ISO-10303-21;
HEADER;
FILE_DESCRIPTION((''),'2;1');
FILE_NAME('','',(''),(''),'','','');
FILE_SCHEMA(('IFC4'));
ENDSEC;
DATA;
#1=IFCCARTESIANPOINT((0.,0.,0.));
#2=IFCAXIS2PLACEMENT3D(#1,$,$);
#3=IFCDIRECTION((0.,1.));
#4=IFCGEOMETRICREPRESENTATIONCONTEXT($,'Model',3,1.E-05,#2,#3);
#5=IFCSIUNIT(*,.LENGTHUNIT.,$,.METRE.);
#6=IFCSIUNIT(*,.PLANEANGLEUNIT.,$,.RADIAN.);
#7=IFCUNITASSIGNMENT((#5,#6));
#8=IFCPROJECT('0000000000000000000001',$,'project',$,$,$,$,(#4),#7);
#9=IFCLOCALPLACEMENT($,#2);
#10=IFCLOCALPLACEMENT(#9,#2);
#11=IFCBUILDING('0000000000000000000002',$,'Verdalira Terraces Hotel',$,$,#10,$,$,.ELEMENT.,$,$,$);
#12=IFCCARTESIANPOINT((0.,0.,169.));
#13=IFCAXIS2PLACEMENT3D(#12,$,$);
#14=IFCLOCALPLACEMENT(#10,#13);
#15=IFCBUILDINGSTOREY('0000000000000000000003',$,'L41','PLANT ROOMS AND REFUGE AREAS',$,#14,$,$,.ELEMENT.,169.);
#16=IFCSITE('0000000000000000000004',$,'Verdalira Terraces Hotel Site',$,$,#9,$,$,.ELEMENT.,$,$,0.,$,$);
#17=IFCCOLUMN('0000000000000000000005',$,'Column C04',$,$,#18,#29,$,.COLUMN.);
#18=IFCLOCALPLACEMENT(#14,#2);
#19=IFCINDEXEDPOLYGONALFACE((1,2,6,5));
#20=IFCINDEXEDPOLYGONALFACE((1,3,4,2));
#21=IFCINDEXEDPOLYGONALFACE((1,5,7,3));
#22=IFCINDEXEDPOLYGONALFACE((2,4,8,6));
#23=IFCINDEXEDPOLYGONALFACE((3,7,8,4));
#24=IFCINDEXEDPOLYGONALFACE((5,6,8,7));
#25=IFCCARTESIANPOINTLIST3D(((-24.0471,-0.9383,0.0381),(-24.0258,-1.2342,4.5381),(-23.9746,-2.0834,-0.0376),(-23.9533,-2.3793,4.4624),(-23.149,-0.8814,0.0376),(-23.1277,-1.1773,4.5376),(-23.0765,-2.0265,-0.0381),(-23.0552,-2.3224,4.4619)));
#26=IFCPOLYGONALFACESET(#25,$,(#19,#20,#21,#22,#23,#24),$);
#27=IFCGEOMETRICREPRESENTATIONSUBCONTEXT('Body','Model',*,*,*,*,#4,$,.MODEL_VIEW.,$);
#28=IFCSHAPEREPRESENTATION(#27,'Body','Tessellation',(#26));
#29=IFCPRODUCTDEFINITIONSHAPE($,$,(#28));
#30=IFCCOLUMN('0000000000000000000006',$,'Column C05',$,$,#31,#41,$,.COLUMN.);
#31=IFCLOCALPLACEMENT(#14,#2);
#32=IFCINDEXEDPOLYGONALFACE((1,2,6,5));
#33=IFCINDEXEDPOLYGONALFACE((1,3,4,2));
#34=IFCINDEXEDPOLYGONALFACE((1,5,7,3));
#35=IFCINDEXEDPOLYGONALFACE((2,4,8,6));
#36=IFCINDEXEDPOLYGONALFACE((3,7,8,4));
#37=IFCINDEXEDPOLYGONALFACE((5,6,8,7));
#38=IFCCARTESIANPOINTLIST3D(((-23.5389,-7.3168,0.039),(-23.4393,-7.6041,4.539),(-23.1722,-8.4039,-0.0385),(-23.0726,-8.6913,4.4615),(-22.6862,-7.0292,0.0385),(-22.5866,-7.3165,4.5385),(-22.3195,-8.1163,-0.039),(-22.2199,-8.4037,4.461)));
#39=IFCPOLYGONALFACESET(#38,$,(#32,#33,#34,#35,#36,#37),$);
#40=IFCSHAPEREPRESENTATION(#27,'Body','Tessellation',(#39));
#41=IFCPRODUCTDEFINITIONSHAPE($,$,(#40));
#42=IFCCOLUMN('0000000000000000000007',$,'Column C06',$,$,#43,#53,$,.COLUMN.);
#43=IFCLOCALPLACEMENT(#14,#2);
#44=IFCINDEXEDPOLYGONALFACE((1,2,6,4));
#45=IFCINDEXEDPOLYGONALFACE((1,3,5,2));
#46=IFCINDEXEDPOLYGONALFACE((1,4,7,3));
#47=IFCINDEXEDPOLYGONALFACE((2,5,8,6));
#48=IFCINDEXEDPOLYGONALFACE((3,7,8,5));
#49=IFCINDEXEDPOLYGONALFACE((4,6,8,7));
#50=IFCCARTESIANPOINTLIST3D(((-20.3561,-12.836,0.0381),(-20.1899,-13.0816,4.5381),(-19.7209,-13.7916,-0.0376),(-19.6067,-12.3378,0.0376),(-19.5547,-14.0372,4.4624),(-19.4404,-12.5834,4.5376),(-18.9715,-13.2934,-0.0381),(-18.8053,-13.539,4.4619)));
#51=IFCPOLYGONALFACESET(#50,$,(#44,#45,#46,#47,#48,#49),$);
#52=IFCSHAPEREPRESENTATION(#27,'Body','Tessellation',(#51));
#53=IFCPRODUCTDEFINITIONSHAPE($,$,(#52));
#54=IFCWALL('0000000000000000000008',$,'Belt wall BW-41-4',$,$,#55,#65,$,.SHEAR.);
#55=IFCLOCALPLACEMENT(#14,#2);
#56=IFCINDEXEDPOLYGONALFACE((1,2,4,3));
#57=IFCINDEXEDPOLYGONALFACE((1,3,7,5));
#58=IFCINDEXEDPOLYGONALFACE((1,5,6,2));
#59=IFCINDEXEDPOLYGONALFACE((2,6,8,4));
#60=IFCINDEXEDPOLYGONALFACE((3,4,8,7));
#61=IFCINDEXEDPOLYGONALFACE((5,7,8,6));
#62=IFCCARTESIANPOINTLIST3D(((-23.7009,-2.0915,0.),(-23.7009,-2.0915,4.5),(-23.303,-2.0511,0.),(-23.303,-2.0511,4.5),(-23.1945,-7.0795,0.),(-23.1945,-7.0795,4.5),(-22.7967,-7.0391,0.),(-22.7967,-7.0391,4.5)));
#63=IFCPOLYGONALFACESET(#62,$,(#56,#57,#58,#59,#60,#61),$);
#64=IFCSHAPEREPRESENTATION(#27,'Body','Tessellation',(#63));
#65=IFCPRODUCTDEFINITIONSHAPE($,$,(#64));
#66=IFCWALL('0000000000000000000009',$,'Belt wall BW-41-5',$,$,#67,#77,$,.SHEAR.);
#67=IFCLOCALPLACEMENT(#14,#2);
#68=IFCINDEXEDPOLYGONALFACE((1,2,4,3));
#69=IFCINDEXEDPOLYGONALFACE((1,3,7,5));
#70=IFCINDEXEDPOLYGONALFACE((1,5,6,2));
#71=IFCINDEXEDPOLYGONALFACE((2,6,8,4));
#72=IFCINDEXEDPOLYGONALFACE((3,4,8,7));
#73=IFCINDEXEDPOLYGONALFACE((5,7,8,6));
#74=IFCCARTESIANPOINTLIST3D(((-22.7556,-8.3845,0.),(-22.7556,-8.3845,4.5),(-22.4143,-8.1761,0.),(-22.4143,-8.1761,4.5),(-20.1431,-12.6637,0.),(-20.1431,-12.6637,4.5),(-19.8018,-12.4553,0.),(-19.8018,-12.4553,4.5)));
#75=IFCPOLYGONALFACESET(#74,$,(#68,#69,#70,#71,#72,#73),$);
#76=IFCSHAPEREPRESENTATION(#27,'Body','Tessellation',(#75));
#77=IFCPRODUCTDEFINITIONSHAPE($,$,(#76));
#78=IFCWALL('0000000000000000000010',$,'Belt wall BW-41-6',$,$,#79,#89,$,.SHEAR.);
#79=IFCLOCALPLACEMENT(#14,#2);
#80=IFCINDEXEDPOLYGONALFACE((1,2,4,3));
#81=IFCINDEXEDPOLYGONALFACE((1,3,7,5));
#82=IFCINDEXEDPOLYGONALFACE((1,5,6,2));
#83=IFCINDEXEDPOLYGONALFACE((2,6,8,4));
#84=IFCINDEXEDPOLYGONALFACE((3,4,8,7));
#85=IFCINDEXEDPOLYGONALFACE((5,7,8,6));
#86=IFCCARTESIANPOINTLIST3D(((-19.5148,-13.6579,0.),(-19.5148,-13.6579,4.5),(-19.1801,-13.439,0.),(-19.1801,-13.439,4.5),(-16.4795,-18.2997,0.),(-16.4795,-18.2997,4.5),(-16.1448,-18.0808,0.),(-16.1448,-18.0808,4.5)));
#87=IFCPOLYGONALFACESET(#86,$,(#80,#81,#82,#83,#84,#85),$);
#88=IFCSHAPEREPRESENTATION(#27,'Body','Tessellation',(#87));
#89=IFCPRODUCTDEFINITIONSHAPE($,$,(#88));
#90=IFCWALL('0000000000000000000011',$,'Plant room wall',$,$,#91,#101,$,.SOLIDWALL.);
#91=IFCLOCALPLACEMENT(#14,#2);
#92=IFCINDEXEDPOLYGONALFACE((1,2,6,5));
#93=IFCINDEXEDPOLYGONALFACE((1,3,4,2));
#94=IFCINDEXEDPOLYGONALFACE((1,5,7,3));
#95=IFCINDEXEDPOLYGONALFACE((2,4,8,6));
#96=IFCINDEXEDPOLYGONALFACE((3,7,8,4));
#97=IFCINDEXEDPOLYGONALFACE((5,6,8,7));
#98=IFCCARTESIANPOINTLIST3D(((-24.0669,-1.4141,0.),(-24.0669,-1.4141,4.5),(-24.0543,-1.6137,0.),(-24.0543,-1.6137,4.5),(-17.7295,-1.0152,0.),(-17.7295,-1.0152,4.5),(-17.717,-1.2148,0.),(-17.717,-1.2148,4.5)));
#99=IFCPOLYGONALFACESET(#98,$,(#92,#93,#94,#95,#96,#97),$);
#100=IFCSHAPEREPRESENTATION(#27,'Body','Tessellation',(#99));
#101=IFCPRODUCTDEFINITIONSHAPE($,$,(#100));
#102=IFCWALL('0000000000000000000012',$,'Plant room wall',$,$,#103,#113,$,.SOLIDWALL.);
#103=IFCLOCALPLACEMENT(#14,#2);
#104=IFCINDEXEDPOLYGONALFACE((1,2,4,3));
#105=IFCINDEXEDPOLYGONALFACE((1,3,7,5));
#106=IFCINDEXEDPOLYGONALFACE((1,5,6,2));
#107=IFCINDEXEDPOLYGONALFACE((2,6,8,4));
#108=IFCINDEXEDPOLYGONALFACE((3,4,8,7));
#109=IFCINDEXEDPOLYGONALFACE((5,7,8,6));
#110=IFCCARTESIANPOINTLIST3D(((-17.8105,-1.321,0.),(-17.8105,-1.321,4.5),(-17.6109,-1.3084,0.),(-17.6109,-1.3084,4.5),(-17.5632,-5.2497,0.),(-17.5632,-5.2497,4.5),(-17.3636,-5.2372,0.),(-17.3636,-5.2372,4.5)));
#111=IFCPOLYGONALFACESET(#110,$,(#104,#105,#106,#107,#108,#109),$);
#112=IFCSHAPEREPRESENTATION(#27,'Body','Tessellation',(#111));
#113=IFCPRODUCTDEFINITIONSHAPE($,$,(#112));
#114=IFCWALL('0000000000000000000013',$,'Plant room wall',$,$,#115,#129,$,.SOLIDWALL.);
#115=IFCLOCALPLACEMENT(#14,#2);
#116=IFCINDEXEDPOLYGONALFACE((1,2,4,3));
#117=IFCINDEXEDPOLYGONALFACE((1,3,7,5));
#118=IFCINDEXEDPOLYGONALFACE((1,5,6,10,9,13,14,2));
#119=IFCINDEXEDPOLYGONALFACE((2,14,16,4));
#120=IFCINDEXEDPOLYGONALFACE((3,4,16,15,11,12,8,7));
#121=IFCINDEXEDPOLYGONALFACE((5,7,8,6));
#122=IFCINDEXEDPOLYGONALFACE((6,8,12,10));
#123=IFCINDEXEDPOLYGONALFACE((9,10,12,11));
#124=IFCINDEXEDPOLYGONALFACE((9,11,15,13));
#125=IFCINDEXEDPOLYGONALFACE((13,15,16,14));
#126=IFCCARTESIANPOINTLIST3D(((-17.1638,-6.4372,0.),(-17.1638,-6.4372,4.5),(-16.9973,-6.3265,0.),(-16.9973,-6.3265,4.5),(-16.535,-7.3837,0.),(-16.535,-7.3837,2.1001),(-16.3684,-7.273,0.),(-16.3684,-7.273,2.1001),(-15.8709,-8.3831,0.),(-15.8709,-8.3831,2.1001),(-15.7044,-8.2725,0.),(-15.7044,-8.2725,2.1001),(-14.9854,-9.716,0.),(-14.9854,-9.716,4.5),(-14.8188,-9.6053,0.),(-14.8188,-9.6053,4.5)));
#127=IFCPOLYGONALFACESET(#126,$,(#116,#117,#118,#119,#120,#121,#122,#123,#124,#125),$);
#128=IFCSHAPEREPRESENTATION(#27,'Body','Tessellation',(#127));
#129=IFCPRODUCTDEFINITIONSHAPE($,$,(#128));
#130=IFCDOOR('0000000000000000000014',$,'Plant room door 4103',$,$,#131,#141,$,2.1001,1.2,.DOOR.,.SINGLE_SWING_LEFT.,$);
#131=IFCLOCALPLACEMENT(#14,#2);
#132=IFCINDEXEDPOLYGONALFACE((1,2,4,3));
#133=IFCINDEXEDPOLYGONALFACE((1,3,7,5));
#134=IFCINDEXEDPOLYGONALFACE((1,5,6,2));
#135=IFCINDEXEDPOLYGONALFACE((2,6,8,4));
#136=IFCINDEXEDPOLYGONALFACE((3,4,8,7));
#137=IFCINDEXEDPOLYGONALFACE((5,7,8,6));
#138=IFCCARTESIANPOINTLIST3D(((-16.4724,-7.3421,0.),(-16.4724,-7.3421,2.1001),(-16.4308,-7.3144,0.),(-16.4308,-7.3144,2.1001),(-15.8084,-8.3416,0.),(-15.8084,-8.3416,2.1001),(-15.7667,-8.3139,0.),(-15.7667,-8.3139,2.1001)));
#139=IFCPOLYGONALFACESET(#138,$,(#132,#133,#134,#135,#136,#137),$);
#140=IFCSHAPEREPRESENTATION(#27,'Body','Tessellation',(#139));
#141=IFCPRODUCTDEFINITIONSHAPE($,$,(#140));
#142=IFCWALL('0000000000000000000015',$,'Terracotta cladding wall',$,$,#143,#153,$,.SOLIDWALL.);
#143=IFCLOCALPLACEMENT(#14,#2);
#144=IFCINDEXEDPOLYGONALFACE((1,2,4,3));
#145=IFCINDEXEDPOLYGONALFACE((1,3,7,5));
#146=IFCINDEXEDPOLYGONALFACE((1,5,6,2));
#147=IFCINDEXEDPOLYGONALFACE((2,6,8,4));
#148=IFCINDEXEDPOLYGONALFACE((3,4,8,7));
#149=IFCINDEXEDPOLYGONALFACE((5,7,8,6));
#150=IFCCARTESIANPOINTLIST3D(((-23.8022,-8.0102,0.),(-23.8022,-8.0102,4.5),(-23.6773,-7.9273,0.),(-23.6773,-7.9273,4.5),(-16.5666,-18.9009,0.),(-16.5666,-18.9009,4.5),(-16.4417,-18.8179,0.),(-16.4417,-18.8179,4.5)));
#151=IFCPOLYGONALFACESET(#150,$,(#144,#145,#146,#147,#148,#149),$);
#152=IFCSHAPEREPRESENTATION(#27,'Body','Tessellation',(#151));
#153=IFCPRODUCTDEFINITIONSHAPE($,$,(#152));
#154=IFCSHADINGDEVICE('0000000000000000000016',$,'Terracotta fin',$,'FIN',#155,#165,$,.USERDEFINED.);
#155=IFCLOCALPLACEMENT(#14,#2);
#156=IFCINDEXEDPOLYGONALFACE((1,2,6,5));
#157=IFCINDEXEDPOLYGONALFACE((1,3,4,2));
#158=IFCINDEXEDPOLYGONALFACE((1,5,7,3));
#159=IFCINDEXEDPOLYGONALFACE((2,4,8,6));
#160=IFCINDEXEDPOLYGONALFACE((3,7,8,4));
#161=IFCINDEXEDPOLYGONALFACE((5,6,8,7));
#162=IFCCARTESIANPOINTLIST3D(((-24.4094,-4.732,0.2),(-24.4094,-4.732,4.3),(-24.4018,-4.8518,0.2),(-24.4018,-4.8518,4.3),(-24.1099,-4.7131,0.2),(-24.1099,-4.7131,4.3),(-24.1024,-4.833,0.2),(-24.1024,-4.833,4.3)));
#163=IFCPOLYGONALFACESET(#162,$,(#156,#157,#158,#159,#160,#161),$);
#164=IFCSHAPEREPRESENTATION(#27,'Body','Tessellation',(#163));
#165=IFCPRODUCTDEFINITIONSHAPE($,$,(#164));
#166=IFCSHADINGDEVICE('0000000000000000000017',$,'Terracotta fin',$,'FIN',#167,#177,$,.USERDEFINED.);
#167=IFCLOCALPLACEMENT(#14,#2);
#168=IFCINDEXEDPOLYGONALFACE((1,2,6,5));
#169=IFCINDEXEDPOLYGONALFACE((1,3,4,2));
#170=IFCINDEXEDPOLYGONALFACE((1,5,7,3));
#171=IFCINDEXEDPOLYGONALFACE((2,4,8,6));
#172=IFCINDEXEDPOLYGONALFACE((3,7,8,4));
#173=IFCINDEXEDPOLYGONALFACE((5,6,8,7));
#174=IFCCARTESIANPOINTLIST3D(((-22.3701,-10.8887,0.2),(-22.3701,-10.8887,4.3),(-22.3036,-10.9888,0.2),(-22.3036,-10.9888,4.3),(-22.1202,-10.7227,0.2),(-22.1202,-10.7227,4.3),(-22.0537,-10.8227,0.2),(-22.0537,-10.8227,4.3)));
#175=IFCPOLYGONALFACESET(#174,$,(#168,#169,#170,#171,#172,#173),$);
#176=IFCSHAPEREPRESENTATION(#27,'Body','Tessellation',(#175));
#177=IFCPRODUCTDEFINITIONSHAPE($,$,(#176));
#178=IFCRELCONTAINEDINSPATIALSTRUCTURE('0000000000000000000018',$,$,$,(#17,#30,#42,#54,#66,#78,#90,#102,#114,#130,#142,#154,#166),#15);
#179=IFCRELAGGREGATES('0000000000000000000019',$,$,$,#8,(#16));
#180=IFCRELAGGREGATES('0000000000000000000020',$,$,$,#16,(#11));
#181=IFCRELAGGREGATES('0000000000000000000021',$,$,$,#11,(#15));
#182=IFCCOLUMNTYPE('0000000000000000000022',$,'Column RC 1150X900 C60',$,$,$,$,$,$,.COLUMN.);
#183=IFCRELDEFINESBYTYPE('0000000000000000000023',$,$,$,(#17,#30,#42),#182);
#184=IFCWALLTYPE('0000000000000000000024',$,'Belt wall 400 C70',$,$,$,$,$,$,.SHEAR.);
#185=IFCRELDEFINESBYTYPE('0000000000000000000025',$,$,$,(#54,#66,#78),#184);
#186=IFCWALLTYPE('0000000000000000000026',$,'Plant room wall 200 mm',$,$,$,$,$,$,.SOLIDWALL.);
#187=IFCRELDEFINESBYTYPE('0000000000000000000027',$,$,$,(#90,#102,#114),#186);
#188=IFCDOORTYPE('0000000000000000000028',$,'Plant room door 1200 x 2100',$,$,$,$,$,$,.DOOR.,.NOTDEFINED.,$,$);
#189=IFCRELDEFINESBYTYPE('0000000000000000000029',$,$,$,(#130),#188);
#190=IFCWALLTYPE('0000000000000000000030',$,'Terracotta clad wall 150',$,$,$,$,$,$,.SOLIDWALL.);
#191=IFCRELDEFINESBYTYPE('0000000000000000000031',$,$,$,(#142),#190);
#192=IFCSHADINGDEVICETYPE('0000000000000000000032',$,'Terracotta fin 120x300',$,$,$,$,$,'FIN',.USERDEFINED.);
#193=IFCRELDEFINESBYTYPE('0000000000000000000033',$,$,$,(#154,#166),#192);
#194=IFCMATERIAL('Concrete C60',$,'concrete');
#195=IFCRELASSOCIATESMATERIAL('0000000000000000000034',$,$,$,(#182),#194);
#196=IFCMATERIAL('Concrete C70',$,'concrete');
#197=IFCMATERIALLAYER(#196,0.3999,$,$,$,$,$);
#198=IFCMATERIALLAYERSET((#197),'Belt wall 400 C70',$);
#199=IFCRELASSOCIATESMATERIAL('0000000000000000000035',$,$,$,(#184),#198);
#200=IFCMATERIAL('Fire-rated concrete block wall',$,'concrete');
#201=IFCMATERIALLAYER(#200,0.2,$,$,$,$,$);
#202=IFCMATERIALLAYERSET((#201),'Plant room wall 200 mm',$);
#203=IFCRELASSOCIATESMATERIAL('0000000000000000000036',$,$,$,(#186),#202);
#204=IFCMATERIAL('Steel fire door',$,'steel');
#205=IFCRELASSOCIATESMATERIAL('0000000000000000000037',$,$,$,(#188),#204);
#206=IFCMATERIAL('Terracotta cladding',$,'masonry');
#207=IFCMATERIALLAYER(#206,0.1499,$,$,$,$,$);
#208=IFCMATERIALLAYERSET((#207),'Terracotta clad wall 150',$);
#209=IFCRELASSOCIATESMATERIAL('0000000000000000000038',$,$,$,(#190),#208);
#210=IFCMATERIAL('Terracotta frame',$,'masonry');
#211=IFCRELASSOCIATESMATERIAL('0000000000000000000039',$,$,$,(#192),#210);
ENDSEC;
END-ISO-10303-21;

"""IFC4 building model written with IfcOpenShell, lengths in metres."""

from ifc_helpers import new_model, si_unit, direction, frame, frame_2d, origin, origin_2d, place, context, subcontext, project, spatial, rectangle, extrude, material, layer, layer_set, material_profile, profile_set, type_object, element, fill, save


model = new_model("IFC4")

# Units and contexts
model_context = context("Model", 3, precision=1e-05, world=origin(), true_north=direction((0.0, 1.0)))
body_context = subcontext(model_context, "Body", "Model", "MODEL_VIEW")
ifc_project = project(units=[si_unit("LENGTHUNIT", "METRE"), si_unit("PLANEANGLEUNIT", "RADIAN")], contexts=[model_context])

# Site, building, storey
site_placement = place(None, origin())
site = spatial("IfcSite", under=ifc_project, at=site_placement, Name="Verdalira Terraces Hotel Site", CompositionType="ELEMENT", RefElevation=0.0)
building_placement = place(site_placement, origin())
building = spatial("IfcBuilding", under=site, at=building_placement, Name="Verdalira Terraces Hotel", CompositionType="ELEMENT")
storey_placement = place(building_placement, frame((0.0, 0.0, 169.0)))
storey = spatial("IfcBuildingStorey", under=building, at=storey_placement, Name="L41", Description="PLANT ROOMS AND REFUGE AREAS", CompositionType="ELEMENT", Elevation=169.0)

# Columns
ifc_material_1 = material(Name="Concrete C60", Category="concrete")
ifc_material_profile_1 = material_profile(ifc_material_1, rectangle(XDim=1.1499, YDim=0.8999, at=origin_2d()), Name="RC 1150X900")
ifc_profile_set_1 = profile_set([ifc_material_profile_1], Name="Concrete C60")
column_type = type_object("IfcColumnType", Name="Column RC 1150X900 C60", PredefinedType="COLUMN", material=ifc_profile_set_1)
column_1_placement = place(storey_placement, frame((-23.5618, -1.4824, 0.0), z_axis=(0.00471, -0.065613, 0.997834), x_axis=(0.063067, -0.995839, -0.065779)))
element("IfcColumn", 1, at=column_1_placement, inside=storey, type_object=column_type, Name="Column C04", PredefinedType="COLUMN", context=body_context, shape_type="SweptSolid", body=[
    extrude(rectangle(XDim=1.1499, YDim=0.8999, at=origin_2d()), origin(), (0.0, 0.0, 1.0), 4.5098),
])
column_2_placement = place(storey_placement, frame((-22.9292, -7.7166, 0.0), z_axis=(0.022085, -0.063711, 0.997724), x_axis=(-0.318834, 0.945409, 0.067428)))
element("IfcColumn", 2, at=column_2_placement, inside=storey, type_object=column_type, Name="Column C05", PredefinedType="COLUMN", context=body_context, shape_type="SweptSolid", body=[
    extrude(rectangle(XDim=1.1499, YDim=0.8999, at=origin_2d()), origin(), (0.0, 0.0, 1.0), 4.5103),
])
column_3_placement = place(storey_placement, frame((-19.6638, -13.0647, 0.0), z_axis=(0.036867, -0.054461, 0.997835), x_axis=(0.55239, -0.830988, -0.065763)))
element("IfcColumn", 3, at=column_3_placement, inside=storey, type_object=column_type, Name="Column C06", PredefinedType="COLUMN", context=body_context, shape_type="SweptSolid", body=[
    extrude(rectangle(XDim=1.1499, YDim=0.8999, at=origin_2d()), origin(), (0.0, 0.0, 1.0), 4.5098),
])

# Walls
ifc_material_2 = material(Name="Concrete C70", Category="concrete")
ifc_layer_1 = layer(ifc_material_2, 0.3999)
ifc_layer_set_1 = layer_set([ifc_layer_1], Name="Belt wall 400 C70")
wall_type_1 = type_object("IfcWallType", Name="Belt wall 400 C70", PredefinedType="SHEAR", material=ifc_layer_set_1)
for number, where, z_axis, x_axis, name in (
    (4, (-23.502, -2.0713, 0.0), (0.0, 0.0, 1.0), (0.100993, -0.994887, 0.0), "Belt wall BW-41-4"),
    (5, (-22.585, -8.2803, 0.0), (0.0, 0.0, 1.0), (0.521076, -0.85351, 0.0), "Belt wall BW-41-5"),
):
    element("IfcWall", number, at=place(storey_placement, frame(where, z_axis=z_axis, x_axis=x_axis)), inside=storey, type_object=wall_type_1, Name=name, PredefinedType="SHEAR", context=body_context, shape_type="SweptSolid", body=[
        extrude(rectangle(XDim=5.0137, YDim=0.3999, at=frame_2d((2.5068, 0.0))), origin(), (0.0, 0.0, 1.0), 4.5),
    ])
wall_1_placement = place(storey_placement, frame((-19.3474, -13.5486, 0.0), z_axis=(0.0, 0.0, 1.0), x_axis=(0.547293, -0.836941, 0.0)))
element("IfcWall", 6, at=wall_1_placement, inside=storey, type_object=wall_type_1, Name="Belt wall BW-41-6", PredefinedType="SHEAR", context=body_context, shape_type="SweptSolid", body=[
    extrude(rectangle(XDim=5.5461, YDim=0.3999, at=frame_2d((2.7729, 0.0))), origin(), (0.0, 0.0, 1.0), 4.5),
])
ifc_material_3 = material(Name="Fire-rated concrete block wall", Category="concrete")
ifc_layer_2 = layer(ifc_material_3, 0.2)
ifc_layer_set_2 = layer_set([ifc_layer_2], Name="Plant room wall 200 mm")
wall_type_2 = type_object("IfcWallType", Name="Plant room wall 200 mm", PredefinedType="SOLIDWALL", material=ifc_layer_set_2)
wall_2_placement = place(storey_placement, frame((-17.7234, -1.115, 0.0), z_axis=(0.0, 0.0, 1.0), x_axis=(-0.998025, -0.062823, 0.0)))
element("IfcWall", 7, at=wall_2_placement, inside=storey, type_object=wall_type_2, Name="Plant room wall", PredefinedType="SOLIDWALL", context=body_context, shape_type="SweptSolid", body=[
    extrude(rectangle(XDim=6.3499, YDim=0.2, at=frame_2d((3.1748, 0.0))), origin(), (0.0, 0.0, 1.0), 4.5),
])
wall_3_placement = place(storey_placement, frame((-17.7107, -1.3147, 0.0), z_axis=(0.0, 0.0, 1.0), x_axis=(0.062826, -0.998024, 0.0)))
element("IfcWall", 8, at=wall_3_placement, inside=storey, type_object=wall_type_2, Name="Plant room wall", PredefinedType="SOLIDWALL", context=body_context, shape_type="SweptSolid", body=[
    extrude(rectangle(XDim=3.9365, YDim=0.2, at=frame_2d((1.9683, 0.0))), origin(), (0.0, 0.0, 1.0), 4.5),
])

# Wall, opening, door
wall_4_placement = place(storey_placement, frame((-14.9021, -9.6606, 0.0), z_axis=(0.0, 0.0, 1.0), x_axis=(-0.553397, 0.832918, 0.0)))
wall_4 = element("IfcWall", 9, at=wall_4_placement, inside=storey, type_object=wall_type_2, Name="Plant room wall", PredefinedType="SOLIDWALL", context=body_context, shape_type="SweptSolid", body=[
    extrude(rectangle(XDim=3.9365, YDim=0.2, at=frame_2d((1.9683, 0.0))), origin(), (0.0, 0.0, 1.0), 4.5),
])
opening_placement = place(wall_4_placement, frame((1.6001, 0.0, 0.0)))
opening = element("IfcOpeningElement", 10, at=opening_placement, cuts=wall_4, PredefinedType="OPENING", context=body_context, shape_type="SweptSolid", body=[
    extrude(rectangle(XDim=1.2, YDim=2.1001, at=frame_2d((0.6001, 1.05))), frame((0.0, 0.1099, 0.0), z_axis=(0.0, -1.0, 0.0), x_axis=(1.0, 0.0, 0.0)), (0.0, 0.0, 1.0), 0.22),
])
ifc_material_4 = material(Name="Steel fire door", Category="steel")
door_type = type_object("IfcDoorType", Name="Plant room door 1200 x 2100", OperationType="NOTDEFINED", PredefinedType="DOOR", material=ifc_material_4)
door_placement = place(opening_placement, origin())
door = element("IfcDoor", 11, at=door_placement, inside=storey, type_object=door_type, Name="Plant room door 4103", OperationType="SINGLE_SWING_LEFT", OverallHeight=2.1001, OverallWidth=1.2, PredefinedType="DOOR", context=body_context, shape_type="SweptSolid", body=[
    extrude(rectangle(XDim=1.2, YDim=2.1001, at=frame_2d((0.6001, 1.05))), frame((0.0, 0.0249, 0.0), z_axis=(0.0, -1.0, 0.0), x_axis=(1.0, 0.0, 0.0)), (0.0, 0.0, 1.0), 0.05),
])
fill(opening, door)

# Wall
ifc_material_5 = material(Name="Terracotta cladding", Category="masonry")
ifc_layer_3 = layer(ifc_material_5, 0.1499)
ifc_layer_set_3 = layer_set([ifc_layer_3], Name="Terracotta clad wall 150")
wall_type_3 = type_object("IfcWallType", Name="Terracotta clad wall 150", PredefinedType="SOLIDWALL", material=ifc_layer_set_3)
wall_5_placement = place(storey_placement, frame((-23.7397, -7.9688, 0.0), z_axis=(0.0, 0.0, 1.0), x_axis=(0.553385, -0.832925, 0.0)))
element("IfcWall", 12, at=wall_5_placement, inside=storey, type_object=wall_type_3, Name="Terracotta cladding wall", PredefinedType="SOLIDWALL", context=body_context, shape_type="SweptSolid", body=[
    extrude(rectangle(XDim=13.0752, YDim=0.1499, at=frame_2d((6.5376, 0.0))), origin(), (0.0, 0.0, 1.0), 4.5),
])

# Shading devices
ifc_material_6 = material(Name="Terracotta frame", Category="masonry")
ifc_material_profile_2 = material_profile(ifc_material_6, rectangle(XDim=0.1201, YDim=0.3, at=origin_2d()), Name="FIN 120x300")
ifc_profile_set_2 = profile_set([ifc_material_profile_2], Name="Terracotta frame")
shading_device_type = type_object("IfcShadingDeviceType", Name="Terracotta fin 120x300", ElementType="FIN", PredefinedType="USERDEFINED", material=ifc_profile_set_2)
for number, where, z_axis, x_axis, name in (
    (13, (-24.2559, -4.7825, 0.2), (0.0, 0.0, 1.0), (0.062791, -0.998027, 0.0), "Terracotta fin"),
    (14, (-22.2119, -10.8557, 0.2), (0.0, 0.0, 1.0), (0.553392, -0.832921, 0.0), "Terracotta fin"),
):
    element("IfcShadingDevice", number, at=place(storey_placement, frame(where, z_axis=z_axis, x_axis=x_axis)), inside=storey, type_object=shading_device_type, Name=name, ObjectType="FIN", PredefinedType="USERDEFINED", context=body_context, shape_type="SweptSolid", body=[
        extrude(rectangle(XDim=0.1201, YDim=0.3, at=origin_2d()), origin(), (0.0, 0.0, 1.0), 4.1001),
    ])

save(model, "model.ifc")
